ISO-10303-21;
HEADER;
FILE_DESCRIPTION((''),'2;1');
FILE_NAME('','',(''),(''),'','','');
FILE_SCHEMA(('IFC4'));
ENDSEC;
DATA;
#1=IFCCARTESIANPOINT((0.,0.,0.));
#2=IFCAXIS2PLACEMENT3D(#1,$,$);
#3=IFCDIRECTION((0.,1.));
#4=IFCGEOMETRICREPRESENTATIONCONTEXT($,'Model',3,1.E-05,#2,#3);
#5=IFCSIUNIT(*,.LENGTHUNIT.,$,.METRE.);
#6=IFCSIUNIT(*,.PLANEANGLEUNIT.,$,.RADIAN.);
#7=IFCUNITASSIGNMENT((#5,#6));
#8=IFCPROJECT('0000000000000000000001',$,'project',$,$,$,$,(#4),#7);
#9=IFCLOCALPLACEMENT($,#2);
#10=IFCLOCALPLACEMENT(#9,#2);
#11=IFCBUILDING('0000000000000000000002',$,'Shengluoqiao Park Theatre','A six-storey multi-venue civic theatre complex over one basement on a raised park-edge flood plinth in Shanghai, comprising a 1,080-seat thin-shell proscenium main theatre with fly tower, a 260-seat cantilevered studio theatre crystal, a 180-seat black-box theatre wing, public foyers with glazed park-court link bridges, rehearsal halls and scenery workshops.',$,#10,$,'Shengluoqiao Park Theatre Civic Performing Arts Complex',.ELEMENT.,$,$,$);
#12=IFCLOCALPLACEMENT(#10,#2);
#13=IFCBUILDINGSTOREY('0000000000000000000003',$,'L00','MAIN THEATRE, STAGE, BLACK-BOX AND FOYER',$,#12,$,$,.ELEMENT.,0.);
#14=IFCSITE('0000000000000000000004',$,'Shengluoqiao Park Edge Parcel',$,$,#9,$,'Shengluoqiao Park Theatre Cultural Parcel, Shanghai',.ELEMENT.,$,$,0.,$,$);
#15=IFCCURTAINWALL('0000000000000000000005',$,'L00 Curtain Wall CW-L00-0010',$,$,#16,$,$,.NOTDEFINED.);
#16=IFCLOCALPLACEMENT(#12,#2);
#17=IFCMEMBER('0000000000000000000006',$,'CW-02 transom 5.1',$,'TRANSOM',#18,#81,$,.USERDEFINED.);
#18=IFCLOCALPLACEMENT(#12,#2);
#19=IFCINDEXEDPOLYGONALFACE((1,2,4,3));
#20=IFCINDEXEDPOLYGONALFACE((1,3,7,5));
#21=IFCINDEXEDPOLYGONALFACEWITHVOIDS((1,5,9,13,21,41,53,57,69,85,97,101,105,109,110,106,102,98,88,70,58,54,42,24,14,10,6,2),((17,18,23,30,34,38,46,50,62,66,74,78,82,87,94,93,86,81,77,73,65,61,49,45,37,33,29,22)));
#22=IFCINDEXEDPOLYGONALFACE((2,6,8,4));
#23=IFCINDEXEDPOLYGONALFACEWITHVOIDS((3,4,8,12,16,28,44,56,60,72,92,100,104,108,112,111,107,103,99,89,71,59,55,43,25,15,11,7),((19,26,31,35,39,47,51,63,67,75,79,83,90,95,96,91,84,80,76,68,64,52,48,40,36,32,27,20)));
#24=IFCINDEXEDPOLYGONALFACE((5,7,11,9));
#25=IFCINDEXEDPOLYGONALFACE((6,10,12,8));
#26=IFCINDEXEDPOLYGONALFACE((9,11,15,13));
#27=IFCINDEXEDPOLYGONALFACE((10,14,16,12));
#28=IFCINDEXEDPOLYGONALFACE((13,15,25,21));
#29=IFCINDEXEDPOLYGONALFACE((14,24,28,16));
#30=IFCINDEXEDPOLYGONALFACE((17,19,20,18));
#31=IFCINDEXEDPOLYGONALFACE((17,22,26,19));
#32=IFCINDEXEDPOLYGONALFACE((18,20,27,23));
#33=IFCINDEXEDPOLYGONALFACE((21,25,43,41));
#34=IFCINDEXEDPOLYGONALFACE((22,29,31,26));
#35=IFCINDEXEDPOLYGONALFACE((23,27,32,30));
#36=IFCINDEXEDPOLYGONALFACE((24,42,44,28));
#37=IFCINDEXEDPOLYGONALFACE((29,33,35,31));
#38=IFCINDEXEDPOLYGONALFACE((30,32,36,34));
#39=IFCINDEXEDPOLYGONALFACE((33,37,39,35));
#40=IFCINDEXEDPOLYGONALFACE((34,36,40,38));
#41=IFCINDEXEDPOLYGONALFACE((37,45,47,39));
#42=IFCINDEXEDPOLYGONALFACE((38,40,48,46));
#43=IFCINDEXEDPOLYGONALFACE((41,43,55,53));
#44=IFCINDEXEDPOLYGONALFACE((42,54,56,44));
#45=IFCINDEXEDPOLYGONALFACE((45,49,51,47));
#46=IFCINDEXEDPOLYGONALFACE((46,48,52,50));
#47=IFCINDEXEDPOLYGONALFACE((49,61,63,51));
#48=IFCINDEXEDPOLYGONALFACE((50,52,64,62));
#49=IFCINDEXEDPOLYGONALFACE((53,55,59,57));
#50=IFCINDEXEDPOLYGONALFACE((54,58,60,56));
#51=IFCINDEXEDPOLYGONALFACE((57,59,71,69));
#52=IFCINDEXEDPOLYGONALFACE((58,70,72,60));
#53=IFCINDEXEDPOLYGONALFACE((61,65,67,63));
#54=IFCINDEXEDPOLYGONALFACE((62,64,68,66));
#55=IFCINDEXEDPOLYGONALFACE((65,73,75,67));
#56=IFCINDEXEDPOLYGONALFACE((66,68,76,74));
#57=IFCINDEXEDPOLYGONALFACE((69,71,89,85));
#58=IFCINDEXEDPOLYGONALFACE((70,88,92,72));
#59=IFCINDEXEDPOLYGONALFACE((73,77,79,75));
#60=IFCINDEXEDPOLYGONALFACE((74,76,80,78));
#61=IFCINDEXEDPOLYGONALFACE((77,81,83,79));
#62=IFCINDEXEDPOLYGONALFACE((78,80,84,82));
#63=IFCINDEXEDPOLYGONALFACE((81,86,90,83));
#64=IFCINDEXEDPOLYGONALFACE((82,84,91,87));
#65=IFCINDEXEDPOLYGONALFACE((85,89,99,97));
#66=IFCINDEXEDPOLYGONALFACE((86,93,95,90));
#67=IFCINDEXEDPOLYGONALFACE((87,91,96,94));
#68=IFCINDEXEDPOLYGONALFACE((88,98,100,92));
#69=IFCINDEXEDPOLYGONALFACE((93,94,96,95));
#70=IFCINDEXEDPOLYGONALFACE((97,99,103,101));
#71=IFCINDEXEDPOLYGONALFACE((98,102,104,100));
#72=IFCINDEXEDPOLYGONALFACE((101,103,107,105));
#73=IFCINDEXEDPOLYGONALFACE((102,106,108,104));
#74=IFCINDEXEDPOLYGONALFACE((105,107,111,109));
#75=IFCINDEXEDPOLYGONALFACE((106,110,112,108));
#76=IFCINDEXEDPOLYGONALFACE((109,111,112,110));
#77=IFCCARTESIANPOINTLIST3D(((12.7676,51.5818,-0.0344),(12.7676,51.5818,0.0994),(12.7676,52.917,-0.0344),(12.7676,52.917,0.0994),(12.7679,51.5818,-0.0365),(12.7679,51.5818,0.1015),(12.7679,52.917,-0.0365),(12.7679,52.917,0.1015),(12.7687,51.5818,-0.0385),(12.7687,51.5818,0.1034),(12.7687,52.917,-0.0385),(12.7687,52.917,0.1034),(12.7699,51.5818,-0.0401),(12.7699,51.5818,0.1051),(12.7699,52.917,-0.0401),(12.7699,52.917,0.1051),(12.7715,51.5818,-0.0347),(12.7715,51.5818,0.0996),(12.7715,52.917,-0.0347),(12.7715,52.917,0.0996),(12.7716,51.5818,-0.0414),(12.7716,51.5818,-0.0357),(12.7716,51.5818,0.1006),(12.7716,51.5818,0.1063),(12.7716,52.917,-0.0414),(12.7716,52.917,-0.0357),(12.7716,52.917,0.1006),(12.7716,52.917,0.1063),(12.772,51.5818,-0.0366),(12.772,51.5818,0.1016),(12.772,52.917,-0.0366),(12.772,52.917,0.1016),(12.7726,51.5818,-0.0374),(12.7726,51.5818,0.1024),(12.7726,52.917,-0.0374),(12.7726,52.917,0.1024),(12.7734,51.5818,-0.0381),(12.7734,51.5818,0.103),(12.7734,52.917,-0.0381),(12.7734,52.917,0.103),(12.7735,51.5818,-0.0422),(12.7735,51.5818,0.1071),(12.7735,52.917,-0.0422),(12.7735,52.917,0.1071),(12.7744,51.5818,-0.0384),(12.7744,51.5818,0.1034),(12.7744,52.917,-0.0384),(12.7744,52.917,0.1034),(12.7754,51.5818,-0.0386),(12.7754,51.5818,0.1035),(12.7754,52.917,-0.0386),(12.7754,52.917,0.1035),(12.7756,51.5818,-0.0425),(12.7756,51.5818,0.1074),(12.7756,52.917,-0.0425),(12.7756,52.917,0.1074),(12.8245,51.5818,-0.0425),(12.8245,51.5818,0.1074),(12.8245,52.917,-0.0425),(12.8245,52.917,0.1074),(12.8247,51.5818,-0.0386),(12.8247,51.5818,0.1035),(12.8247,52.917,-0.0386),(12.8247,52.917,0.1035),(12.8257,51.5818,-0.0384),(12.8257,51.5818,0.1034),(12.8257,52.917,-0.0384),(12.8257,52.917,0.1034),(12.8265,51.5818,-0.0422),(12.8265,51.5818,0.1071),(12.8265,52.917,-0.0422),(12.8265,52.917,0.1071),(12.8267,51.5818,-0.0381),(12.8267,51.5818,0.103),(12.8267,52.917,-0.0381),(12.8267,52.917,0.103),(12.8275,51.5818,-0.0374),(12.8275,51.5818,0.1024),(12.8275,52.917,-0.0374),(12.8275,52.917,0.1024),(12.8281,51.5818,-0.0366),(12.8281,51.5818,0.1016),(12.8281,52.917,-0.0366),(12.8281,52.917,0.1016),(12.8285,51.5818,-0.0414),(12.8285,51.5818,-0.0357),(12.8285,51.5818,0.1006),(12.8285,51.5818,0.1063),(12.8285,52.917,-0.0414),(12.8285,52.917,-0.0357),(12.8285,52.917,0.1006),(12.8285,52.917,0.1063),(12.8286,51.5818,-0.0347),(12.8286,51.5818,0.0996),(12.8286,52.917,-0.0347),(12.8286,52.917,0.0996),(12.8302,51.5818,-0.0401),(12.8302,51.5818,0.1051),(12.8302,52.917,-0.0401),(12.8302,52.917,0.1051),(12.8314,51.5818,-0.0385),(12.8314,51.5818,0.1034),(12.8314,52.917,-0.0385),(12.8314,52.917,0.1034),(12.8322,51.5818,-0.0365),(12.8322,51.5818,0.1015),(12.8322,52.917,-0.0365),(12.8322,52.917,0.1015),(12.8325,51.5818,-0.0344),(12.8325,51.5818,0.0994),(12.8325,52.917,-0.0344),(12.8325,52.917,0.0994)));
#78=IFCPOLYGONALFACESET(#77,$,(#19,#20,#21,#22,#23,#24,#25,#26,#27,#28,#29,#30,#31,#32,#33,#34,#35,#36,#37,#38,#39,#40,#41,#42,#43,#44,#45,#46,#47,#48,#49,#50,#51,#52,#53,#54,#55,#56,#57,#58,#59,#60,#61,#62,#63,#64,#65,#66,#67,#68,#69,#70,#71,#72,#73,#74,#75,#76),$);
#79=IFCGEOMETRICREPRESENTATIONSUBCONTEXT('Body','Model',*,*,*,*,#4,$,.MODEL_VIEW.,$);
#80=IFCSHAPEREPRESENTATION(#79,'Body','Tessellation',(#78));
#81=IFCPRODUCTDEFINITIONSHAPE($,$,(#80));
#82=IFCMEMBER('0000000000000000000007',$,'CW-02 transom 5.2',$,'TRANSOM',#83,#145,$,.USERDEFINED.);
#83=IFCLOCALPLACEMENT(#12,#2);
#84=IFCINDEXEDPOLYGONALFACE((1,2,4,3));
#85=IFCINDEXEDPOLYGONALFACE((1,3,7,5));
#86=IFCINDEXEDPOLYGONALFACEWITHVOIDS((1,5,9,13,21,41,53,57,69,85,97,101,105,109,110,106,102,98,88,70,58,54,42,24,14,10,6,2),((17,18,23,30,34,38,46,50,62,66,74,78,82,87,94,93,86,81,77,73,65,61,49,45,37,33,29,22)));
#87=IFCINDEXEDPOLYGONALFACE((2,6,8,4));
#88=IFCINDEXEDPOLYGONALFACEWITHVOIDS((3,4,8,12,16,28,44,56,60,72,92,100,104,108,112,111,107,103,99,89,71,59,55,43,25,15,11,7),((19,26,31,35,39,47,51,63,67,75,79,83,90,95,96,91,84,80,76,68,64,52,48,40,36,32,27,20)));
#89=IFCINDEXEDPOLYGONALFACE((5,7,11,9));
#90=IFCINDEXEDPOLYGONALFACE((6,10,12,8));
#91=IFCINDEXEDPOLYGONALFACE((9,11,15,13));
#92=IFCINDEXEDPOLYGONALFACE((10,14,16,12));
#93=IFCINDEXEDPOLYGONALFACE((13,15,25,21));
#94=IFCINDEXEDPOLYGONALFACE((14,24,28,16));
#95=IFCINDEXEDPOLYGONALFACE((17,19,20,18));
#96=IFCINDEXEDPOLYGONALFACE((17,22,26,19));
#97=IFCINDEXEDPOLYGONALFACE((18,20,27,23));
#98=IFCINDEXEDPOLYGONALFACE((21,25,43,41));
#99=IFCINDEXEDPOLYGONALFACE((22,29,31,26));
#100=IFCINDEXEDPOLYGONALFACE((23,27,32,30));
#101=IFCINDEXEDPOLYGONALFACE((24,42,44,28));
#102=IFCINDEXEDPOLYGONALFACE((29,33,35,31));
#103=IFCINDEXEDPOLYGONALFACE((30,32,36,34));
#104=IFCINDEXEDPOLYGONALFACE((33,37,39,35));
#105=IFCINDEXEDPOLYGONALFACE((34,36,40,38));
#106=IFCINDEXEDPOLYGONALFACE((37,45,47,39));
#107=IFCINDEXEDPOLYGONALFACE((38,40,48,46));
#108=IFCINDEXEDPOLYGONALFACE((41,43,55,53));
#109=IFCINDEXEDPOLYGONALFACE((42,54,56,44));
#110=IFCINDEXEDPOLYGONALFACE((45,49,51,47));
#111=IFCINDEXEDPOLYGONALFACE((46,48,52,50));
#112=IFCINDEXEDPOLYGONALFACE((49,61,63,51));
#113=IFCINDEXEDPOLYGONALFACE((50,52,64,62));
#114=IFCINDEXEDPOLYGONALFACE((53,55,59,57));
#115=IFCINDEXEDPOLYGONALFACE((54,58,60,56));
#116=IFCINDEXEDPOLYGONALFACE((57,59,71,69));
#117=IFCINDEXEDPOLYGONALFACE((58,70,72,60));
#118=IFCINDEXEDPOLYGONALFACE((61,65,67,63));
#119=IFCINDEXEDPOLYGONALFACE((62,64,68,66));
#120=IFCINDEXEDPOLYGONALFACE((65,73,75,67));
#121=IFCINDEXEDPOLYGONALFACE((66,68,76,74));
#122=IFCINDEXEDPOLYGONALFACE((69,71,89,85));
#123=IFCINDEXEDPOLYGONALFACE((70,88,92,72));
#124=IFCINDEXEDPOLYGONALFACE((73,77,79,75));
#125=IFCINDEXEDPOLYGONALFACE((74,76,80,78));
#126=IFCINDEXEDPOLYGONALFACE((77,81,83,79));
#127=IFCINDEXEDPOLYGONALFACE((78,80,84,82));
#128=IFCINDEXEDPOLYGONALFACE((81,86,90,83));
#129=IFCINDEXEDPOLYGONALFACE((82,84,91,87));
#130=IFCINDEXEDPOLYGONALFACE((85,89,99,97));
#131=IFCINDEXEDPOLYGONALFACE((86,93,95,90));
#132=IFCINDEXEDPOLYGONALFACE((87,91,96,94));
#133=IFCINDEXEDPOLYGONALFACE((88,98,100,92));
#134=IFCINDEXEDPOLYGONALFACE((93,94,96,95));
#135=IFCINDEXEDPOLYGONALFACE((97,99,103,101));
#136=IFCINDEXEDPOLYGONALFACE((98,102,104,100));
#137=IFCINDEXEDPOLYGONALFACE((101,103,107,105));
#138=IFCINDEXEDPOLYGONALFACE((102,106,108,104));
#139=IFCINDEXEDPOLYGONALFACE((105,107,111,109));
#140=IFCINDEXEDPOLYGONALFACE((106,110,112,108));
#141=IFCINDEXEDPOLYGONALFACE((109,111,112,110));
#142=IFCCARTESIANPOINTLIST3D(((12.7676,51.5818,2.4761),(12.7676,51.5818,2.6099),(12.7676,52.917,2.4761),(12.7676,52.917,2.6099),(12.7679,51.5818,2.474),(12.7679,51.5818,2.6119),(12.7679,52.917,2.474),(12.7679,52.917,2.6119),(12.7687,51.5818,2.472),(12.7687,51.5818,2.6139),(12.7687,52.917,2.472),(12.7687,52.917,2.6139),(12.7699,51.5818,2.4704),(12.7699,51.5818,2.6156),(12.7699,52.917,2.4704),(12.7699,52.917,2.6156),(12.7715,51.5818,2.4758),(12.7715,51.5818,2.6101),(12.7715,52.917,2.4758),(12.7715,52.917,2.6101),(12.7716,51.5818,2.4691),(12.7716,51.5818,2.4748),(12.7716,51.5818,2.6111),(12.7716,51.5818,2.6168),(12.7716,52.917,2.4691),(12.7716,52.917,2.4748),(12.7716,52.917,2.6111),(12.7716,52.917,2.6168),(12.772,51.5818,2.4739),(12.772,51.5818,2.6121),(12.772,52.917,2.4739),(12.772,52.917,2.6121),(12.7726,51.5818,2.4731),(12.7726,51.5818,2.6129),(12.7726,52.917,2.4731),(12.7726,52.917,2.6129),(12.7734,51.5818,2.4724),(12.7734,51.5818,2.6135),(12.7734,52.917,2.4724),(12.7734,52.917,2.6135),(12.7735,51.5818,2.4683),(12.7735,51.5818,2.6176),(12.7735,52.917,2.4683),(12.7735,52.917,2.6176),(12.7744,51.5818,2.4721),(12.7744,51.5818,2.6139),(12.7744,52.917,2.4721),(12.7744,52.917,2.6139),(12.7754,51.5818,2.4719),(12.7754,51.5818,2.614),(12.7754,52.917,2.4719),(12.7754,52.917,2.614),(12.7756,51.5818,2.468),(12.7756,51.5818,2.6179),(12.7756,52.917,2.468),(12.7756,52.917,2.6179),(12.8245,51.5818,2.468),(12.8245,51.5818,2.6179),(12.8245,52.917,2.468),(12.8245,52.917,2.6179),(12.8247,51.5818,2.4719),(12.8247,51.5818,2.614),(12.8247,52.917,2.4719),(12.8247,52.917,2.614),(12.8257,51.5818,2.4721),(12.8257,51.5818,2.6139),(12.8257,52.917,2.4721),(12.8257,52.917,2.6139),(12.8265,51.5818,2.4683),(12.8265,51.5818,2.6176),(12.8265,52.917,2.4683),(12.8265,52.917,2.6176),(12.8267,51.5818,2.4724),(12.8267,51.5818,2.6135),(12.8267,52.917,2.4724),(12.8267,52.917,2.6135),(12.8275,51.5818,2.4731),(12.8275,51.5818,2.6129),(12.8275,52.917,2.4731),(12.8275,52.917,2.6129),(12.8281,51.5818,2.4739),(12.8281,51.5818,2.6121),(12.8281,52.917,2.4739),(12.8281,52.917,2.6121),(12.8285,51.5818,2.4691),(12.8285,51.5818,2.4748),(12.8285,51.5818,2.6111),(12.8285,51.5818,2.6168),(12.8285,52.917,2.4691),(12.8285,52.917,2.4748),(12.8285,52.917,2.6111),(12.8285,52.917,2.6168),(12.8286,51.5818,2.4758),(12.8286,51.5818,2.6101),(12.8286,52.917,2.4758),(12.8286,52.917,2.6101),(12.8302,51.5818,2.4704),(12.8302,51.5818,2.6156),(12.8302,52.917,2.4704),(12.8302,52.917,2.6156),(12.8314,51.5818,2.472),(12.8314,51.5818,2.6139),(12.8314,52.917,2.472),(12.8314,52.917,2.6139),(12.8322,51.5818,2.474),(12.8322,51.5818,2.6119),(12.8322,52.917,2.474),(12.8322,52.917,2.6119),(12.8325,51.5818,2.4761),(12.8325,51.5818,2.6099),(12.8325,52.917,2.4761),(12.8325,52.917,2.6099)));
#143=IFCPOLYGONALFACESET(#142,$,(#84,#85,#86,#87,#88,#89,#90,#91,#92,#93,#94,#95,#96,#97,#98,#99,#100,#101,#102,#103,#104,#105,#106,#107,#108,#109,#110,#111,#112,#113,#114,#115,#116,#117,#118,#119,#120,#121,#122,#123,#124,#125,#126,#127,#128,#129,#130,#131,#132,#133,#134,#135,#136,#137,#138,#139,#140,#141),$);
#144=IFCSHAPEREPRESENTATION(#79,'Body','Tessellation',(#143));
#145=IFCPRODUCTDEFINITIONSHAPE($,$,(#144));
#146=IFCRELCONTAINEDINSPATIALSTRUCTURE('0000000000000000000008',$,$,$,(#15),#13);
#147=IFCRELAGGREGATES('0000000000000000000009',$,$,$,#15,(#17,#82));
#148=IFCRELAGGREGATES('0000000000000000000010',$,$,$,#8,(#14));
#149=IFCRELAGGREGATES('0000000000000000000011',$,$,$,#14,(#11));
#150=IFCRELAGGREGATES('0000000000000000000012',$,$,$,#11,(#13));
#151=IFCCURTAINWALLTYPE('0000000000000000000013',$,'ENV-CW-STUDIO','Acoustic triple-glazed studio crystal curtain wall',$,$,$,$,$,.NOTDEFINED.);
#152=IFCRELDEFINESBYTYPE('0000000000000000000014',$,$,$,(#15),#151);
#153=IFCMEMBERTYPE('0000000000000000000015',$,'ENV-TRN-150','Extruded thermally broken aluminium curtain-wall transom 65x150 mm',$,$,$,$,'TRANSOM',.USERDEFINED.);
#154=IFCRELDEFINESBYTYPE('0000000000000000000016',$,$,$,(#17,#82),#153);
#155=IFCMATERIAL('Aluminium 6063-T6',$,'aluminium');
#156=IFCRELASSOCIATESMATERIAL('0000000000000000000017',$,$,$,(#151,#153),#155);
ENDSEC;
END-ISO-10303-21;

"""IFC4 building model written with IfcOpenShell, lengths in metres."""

from ifc_helpers import new_model, si_unit, direction, frame, origin, origin_2d, place, context, subcontext, project, spatial, hollow_rectangle, extrude, material, material_profile, profile_set, type_object, element, aggregate, save


model = new_model("IFC4")

# Units and contexts
model_context = context("Model", 3, precision=1e-05, world=origin(), true_north=direction((0.0, 1.0)))
body_context = subcontext(model_context, "Body", "Model", "MODEL_VIEW")
ifc_project = project(units=[si_unit("LENGTHUNIT", "METRE"), si_unit("PLANEANGLEUNIT", "RADIAN")], contexts=[model_context])

# Site, building, storey
site_placement = place(None, origin())
site = spatial("IfcSite", under=ifc_project, at=site_placement, Name="Shengluoqiao Park Edge Parcel", LongName="Shengluoqiao Park Theatre Cultural Parcel, Shanghai", CompositionType="ELEMENT", RefElevation=0.0)
building_placement = place(site_placement, origin())
building = spatial("IfcBuilding", under=site, at=building_placement, Name="Shengluoqiao Park Theatre", Description="A six-storey multi-venue civic theatre complex over one basement on a raised park-edge flood plinth in Shanghai, comprising a 1,080-seat thin-shell proscenium main theatre with fly tower, a 260-seat cantilevered studio theatre crystal, a 180-seat black-box theatre wing, public foyers with glazed park-court link bridges, rehearsal halls and scenery workshops.", LongName="Shengluoqiao Park Theatre Civic Performing Arts Complex", CompositionType="ELEMENT")
storey_placement = place(building_placement, origin())
storey = spatial("IfcBuildingStorey", under=building, at=storey_placement, Name="L00", Description="MAIN THEATRE, STAGE, BLACK-BOX AND FOYER", CompositionType="ELEMENT", Elevation=0.0)

# Curtain wall, members
ifc_material_1 = material(Name="Aluminium 6063-T6", Category="aluminium")
curtain_wall_type = type_object("IfcCurtainWallType", Name="ENV-CW-STUDIO", Description="Acoustic triple-glazed studio crystal curtain wall", PredefinedType="NOTDEFINED", material=ifc_material_1)
curtain_wall_placement = place(storey_placement, origin())
curtain_wall = element("IfcCurtainWall", 1, at=curtain_wall_placement, inside=storey, type_object=curtain_wall_type, Name="L00 Curtain Wall CW-L00-0010", PredefinedType="NOTDEFINED")
ifc_material_profile_1 = material_profile(ifc_material_1, hollow_rectangle(XDim=0.0649, YDim=0.1499, WallThickness=0.0039, InnerFilletRadius=0.0039, OuterFilletRadius=0.0081, at=origin_2d()), Name="ALU TRANSOM 150x65x4")
ifc_profile_set_1 = profile_set([ifc_material_profile_1], Name="Aluminium 6063-T6")
member_type_1 = type_object("IfcMemberType", Name="ENV-TRN-150", Description="Extruded thermally broken aluminium curtain-wall transom 65x150 mm", ElementType="TRANSOM", PredefinedType="USERDEFINED", material=ifc_profile_set_1)
member_1_placement = place(storey_placement, frame((12.8, 51.5818, 0.0325), z_axis=(0.0, 1.0, 0.0), x_axis=(-1.0, 0.0, 0.0)))
member_1 = element("IfcMember", 2, at=member_1_placement, type_object=member_type_1, Name="CW-02 transom 5.1", ObjectType="TRANSOM", PredefinedType="USERDEFINED", context=body_context, shape_type="SweptSolid", body=[
    extrude(hollow_rectangle(XDim=0.0649, YDim=0.1499, WallThickness=0.0039, InnerFilletRadius=0.0039, OuterFilletRadius=0.0081, at=origin_2d()), origin(), (0.0, 0.0, 1.0), 1.3352),
])
member_2_placement = place(storey_placement, frame((12.8, 51.5818, 2.543), z_axis=(0.0, 1.0, 0.0), x_axis=(-1.0, 0.0, 0.0)))
member_2 = element("IfcMember", 3, at=member_2_placement, type_object=member_type_1, Name="CW-02 transom 5.2", ObjectType="TRANSOM", PredefinedType="USERDEFINED", context=body_context, shape_type="SweptSolid", body=[
    extrude(hollow_rectangle(XDim=0.0649, YDim=0.1499, WallThickness=0.0039, InnerFilletRadius=0.0039, OuterFilletRadius=0.0081, at=origin_2d()), origin(), (0.0, 0.0, 1.0), 1.3352),
])
aggregate(curtain_wall, [member_1, member_2])

save(model, "model.ifc")
